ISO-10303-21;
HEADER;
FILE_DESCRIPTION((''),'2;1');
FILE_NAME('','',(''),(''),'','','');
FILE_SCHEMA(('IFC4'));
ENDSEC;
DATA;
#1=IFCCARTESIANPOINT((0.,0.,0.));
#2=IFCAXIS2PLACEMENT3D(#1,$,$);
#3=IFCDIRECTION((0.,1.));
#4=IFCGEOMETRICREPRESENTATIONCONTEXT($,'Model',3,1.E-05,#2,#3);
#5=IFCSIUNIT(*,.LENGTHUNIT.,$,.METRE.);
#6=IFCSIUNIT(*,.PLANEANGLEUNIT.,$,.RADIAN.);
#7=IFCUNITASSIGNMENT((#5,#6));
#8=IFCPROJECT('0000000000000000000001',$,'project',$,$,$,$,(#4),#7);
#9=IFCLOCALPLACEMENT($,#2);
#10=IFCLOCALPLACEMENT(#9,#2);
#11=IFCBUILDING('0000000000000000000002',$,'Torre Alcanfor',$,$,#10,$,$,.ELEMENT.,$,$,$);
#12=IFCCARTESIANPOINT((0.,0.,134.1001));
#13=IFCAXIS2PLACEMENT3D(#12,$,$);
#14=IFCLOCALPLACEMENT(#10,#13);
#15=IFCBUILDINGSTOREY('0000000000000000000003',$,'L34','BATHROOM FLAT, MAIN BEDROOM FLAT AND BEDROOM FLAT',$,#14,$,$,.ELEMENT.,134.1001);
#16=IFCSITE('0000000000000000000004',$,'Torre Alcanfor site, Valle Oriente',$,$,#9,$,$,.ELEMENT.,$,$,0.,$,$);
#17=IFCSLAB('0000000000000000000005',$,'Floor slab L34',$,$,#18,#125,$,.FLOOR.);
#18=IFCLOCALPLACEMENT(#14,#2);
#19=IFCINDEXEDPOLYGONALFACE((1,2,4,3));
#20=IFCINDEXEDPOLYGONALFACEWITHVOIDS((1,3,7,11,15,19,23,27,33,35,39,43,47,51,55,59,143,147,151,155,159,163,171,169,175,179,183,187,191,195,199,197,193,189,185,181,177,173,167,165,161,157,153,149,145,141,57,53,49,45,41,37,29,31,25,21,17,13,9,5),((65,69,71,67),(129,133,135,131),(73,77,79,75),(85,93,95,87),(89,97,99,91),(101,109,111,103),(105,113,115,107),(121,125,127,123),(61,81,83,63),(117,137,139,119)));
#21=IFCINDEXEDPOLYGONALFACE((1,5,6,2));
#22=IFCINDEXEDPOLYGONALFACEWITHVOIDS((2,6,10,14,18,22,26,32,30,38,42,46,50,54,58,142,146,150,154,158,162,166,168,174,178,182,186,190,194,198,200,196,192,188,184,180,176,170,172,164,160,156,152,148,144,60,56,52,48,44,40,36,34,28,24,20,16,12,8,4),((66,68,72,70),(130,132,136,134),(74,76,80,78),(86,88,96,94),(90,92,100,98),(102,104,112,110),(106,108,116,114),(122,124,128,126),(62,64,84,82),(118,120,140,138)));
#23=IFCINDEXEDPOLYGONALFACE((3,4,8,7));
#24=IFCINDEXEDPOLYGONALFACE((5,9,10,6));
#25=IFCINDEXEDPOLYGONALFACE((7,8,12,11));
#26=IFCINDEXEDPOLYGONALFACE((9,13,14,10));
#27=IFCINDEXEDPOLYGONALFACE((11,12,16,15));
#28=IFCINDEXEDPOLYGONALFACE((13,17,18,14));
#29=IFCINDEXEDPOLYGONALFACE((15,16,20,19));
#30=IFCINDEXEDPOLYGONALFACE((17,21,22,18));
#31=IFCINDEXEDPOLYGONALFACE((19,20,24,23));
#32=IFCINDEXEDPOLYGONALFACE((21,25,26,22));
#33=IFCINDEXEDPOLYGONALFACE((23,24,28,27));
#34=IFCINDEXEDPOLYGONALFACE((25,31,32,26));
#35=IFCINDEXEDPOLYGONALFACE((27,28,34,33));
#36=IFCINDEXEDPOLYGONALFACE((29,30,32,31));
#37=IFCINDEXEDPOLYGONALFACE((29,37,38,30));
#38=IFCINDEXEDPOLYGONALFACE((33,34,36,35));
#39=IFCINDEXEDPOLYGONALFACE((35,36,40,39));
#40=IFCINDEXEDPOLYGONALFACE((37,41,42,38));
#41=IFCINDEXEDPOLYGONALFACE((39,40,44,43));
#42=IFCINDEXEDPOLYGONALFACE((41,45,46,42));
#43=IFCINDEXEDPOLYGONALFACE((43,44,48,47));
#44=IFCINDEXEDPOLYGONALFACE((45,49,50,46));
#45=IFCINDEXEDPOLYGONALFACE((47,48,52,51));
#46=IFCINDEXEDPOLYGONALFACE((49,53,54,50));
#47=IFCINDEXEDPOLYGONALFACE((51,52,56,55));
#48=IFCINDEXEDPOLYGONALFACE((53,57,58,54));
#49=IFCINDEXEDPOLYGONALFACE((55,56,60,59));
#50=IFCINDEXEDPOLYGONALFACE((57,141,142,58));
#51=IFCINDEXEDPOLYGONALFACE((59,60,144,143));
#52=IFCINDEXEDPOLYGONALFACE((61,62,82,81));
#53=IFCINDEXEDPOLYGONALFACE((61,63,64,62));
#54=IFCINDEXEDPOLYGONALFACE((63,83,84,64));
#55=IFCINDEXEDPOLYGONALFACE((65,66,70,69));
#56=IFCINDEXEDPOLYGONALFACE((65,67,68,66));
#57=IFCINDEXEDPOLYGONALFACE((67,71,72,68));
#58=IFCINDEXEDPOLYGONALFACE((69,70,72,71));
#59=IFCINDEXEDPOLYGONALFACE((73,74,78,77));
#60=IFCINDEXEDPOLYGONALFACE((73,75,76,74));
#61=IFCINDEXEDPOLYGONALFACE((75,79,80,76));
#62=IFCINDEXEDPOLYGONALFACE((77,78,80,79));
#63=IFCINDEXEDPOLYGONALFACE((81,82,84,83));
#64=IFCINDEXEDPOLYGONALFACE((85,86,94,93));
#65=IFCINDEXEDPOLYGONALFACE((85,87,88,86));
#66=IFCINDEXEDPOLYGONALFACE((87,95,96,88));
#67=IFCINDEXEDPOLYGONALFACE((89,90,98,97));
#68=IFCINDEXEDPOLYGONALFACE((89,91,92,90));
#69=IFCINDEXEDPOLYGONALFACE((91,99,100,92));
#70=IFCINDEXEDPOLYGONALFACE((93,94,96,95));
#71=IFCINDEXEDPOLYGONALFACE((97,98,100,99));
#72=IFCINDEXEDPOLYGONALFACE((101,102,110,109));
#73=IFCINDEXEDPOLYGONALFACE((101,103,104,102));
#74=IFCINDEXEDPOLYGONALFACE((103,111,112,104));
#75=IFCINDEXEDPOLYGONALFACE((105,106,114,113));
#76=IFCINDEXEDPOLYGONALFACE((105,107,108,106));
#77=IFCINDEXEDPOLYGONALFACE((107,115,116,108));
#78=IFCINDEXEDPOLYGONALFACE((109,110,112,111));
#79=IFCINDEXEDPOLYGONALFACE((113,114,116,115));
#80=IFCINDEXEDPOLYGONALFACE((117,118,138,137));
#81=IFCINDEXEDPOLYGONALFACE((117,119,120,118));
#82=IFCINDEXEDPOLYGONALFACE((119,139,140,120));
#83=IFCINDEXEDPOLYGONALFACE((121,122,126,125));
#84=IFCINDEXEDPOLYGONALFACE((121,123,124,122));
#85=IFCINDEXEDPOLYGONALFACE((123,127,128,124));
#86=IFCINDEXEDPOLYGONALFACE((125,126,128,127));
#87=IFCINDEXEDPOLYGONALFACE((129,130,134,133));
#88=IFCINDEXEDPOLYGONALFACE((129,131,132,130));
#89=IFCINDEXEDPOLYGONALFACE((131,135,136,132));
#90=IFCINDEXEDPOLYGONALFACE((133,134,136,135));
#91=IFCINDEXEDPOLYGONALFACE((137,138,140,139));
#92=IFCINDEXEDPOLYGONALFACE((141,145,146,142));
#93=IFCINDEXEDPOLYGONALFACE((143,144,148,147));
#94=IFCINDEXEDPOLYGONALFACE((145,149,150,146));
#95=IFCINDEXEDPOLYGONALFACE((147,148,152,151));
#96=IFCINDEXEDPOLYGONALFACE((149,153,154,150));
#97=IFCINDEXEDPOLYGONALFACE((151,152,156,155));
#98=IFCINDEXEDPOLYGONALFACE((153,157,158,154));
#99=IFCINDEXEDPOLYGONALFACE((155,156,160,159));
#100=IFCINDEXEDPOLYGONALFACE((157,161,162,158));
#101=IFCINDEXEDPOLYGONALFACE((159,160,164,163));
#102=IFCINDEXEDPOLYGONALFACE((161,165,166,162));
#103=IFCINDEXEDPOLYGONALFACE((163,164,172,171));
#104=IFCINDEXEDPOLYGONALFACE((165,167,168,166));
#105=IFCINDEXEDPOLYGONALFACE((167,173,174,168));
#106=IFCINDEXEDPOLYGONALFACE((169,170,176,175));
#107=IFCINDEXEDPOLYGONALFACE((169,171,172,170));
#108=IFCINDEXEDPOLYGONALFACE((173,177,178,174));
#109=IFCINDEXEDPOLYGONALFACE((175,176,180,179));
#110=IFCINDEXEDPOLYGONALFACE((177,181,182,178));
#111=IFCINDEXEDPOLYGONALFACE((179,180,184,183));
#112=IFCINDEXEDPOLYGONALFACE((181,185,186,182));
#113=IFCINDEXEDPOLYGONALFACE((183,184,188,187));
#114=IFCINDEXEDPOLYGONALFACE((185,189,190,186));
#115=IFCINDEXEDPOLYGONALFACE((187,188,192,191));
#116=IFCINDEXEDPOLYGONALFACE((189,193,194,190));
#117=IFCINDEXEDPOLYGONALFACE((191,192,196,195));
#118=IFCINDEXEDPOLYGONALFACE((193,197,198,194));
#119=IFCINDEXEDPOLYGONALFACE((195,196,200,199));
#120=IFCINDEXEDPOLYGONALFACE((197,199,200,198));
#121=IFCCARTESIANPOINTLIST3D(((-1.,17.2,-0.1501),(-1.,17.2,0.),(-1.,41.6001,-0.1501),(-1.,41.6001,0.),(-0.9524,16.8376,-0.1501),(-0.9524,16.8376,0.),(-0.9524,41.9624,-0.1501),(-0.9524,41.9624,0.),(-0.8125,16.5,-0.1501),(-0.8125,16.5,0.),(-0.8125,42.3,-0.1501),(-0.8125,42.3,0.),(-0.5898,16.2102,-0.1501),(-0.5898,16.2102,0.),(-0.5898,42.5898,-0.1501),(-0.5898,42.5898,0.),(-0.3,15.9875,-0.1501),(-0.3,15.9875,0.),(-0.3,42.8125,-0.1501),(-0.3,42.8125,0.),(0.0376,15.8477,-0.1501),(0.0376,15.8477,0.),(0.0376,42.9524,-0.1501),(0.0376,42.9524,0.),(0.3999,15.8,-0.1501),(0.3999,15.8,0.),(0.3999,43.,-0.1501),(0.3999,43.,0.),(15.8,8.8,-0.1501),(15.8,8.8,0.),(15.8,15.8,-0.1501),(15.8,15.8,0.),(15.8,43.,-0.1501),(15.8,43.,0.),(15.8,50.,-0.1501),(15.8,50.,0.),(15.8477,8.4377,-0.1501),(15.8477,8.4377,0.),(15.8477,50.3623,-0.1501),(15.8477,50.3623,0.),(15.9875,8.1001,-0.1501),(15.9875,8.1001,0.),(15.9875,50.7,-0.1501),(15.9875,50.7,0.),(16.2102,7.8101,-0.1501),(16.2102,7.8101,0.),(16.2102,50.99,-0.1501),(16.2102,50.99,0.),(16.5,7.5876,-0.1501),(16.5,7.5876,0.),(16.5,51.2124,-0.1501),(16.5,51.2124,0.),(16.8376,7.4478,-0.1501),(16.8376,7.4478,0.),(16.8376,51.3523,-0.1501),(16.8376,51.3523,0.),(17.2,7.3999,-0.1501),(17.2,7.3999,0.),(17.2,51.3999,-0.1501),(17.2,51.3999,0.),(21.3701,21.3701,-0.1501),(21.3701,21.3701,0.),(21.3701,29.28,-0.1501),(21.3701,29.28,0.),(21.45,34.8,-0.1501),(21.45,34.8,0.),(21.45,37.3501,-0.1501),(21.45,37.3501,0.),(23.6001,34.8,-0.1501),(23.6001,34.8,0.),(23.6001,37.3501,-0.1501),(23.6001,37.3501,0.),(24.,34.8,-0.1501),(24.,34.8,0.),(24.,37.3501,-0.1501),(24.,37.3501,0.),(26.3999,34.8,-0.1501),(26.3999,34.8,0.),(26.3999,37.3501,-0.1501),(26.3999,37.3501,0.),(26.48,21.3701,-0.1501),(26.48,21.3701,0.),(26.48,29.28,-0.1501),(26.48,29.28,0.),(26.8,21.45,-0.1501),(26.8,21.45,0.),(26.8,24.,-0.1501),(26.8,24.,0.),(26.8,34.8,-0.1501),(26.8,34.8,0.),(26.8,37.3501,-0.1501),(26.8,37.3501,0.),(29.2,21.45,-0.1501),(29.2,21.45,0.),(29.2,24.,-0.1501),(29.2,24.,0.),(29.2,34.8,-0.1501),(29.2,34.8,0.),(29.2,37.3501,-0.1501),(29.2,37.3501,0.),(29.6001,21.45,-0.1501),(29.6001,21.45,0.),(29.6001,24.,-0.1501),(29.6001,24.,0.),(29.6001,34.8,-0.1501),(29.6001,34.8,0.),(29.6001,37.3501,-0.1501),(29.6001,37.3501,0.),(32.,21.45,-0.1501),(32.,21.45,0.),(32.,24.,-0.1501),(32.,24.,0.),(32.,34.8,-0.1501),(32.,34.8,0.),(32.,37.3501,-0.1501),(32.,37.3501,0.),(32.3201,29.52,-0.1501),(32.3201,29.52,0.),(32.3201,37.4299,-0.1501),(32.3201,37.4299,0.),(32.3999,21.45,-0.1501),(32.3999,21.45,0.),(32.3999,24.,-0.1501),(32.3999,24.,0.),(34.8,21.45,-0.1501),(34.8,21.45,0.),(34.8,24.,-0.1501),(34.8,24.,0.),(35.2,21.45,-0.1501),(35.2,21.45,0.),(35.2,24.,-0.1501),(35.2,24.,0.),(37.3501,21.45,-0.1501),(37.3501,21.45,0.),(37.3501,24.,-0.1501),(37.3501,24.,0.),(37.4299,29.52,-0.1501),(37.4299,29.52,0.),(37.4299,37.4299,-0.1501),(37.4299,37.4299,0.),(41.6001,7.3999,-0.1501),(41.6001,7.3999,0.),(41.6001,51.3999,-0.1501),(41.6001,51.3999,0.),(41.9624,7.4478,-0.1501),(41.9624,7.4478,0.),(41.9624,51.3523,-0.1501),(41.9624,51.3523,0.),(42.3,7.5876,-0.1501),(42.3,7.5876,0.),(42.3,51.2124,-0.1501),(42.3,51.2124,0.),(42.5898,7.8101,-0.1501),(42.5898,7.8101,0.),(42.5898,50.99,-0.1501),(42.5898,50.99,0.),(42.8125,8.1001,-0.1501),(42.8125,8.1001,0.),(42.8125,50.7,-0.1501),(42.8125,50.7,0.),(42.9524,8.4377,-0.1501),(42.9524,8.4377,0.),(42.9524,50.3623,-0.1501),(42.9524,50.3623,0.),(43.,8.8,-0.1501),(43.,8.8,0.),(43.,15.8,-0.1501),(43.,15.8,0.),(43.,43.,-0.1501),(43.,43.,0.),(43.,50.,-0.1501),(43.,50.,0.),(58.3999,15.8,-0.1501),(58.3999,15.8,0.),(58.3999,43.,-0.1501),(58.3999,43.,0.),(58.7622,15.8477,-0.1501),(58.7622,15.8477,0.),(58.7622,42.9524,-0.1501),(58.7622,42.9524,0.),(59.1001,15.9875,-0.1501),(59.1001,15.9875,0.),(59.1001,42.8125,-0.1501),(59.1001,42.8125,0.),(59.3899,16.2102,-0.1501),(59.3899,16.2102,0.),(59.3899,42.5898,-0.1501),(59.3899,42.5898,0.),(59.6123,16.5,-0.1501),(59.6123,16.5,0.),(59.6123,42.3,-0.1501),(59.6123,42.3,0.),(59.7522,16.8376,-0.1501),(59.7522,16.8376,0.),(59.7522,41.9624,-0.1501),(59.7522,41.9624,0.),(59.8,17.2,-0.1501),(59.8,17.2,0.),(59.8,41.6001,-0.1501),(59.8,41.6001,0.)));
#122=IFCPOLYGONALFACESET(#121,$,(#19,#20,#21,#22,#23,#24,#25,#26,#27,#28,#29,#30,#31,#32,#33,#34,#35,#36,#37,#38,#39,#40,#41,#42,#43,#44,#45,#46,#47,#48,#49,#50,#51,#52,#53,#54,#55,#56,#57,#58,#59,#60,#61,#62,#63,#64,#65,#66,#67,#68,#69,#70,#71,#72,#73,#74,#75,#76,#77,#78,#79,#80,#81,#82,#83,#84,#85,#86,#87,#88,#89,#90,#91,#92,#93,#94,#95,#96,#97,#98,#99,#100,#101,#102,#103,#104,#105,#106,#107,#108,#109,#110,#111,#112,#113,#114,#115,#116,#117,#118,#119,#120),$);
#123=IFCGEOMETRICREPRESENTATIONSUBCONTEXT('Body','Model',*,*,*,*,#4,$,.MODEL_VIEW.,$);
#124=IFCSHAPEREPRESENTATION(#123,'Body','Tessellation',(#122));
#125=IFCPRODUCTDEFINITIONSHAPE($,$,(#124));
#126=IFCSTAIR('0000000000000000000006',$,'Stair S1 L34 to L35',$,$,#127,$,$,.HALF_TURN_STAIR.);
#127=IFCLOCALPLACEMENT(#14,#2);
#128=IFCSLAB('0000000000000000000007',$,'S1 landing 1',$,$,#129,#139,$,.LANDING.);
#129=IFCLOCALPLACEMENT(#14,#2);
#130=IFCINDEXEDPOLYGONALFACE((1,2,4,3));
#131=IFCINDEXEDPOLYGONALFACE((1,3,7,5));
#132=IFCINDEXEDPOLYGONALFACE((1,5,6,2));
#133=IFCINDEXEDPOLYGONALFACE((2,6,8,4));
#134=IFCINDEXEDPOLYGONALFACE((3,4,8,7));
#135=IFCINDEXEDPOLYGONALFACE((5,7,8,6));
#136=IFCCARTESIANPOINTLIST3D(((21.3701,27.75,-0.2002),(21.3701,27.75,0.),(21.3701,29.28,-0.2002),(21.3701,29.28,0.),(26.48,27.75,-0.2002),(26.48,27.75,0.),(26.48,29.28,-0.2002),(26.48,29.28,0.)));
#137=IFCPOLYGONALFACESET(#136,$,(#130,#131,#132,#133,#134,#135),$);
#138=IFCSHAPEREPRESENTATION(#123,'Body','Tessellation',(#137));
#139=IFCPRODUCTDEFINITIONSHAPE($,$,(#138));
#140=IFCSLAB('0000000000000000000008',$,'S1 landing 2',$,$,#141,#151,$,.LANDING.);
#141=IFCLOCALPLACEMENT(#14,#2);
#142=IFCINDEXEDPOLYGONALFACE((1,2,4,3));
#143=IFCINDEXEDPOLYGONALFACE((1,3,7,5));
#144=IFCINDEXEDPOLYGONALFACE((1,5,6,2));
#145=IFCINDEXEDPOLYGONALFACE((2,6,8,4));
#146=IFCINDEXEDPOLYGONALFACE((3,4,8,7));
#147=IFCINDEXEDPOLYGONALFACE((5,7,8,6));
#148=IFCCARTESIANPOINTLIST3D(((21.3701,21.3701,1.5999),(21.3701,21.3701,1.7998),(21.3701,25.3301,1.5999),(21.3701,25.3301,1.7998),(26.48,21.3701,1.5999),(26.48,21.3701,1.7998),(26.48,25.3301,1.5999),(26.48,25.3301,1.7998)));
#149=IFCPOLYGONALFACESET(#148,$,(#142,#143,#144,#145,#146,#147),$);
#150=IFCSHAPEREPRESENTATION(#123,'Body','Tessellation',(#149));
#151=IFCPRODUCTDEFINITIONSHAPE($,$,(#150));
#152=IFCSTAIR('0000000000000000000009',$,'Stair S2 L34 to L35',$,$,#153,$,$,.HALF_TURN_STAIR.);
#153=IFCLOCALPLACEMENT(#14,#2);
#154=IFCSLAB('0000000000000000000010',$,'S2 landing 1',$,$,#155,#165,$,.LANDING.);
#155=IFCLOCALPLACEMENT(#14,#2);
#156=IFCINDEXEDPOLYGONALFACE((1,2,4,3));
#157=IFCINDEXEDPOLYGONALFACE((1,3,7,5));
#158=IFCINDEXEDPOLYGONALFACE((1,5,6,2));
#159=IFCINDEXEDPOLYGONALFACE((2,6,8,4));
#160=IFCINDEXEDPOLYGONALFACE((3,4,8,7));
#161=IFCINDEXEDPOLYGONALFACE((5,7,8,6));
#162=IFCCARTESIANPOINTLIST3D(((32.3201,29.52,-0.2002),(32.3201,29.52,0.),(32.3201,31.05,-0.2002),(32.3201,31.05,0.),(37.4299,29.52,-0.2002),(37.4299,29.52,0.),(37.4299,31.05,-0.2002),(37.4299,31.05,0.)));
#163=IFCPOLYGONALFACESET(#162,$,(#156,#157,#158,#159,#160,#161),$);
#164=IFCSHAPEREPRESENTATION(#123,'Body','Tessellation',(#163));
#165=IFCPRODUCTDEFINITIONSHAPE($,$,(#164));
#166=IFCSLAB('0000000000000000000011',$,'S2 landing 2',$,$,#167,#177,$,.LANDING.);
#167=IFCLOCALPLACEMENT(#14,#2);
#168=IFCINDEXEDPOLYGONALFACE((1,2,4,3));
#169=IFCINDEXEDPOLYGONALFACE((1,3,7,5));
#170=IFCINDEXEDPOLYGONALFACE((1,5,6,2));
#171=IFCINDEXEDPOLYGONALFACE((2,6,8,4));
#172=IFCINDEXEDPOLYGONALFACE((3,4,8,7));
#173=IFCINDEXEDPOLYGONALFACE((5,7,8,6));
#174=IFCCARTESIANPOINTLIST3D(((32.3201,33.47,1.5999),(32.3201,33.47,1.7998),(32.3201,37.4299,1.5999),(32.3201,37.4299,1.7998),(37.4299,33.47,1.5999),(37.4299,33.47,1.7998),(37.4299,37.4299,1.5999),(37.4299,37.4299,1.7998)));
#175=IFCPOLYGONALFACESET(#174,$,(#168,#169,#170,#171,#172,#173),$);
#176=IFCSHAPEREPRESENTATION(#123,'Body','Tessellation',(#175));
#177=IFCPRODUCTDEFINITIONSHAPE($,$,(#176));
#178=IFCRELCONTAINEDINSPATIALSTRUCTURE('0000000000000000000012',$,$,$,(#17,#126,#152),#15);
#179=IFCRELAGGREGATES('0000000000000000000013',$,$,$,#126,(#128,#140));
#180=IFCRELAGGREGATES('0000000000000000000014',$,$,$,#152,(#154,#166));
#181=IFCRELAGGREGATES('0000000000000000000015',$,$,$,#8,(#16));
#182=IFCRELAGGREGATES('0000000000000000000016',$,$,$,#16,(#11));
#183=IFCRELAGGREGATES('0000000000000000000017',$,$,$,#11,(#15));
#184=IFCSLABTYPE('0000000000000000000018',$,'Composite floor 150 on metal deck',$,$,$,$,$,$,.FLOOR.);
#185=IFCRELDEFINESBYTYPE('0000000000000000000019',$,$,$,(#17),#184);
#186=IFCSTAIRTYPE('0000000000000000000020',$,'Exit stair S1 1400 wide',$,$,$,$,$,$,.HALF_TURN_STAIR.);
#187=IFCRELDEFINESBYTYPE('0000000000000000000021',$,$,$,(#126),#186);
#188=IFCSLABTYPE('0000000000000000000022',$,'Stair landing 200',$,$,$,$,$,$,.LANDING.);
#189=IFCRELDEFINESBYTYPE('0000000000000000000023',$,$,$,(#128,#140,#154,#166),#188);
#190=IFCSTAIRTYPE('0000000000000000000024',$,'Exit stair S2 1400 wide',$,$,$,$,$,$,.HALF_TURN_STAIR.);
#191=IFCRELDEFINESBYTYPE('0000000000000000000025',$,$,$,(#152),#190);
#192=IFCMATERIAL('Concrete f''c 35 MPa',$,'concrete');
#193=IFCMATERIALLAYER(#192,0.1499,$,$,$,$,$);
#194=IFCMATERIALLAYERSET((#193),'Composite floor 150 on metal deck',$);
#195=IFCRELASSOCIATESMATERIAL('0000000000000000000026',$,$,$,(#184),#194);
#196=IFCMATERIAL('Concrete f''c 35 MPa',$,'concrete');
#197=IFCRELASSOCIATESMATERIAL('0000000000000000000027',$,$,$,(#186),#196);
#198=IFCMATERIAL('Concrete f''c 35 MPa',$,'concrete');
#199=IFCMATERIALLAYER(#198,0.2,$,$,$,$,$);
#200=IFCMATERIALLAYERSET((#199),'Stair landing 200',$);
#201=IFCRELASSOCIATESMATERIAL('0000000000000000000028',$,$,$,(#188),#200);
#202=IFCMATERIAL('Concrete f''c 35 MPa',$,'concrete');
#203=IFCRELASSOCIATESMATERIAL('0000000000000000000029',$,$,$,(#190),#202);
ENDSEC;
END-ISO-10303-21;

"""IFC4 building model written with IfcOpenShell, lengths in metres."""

from ifc_helpers import new_model, si_unit, direction, frame, origin, place, context, subcontext, project, spatial, polyline, outline, extrude, material, layer, layer_set, type_object, element, aggregate, save


model = new_model("IFC4")

# Units and contexts
model_context = context("Model", 3, precision=1e-05, world=origin(), true_north=direction((0.0, 1.0)))
body_context = subcontext(model_context, "Body", "Model", "MODEL_VIEW")
ifc_project = project(units=[si_unit("LENGTHUNIT", "METRE"), si_unit("PLANEANGLEUNIT", "RADIAN")], contexts=[model_context])

# Site, building, storey
site_placement = place(None, origin())
site = spatial("IfcSite", under=ifc_project, at=site_placement, Name="Torre Alcanfor site, Valle Oriente", CompositionType="ELEMENT", RefElevation=0.0)
building_placement = place(site_placement, origin())
building = spatial("IfcBuilding", under=site, at=building_placement, Name="Torre Alcanfor", CompositionType="ELEMENT")
storey_placement = place(building_placement, frame((0.0, 0.0, 134.1001)))
storey = spatial("IfcBuildingStorey", under=building, at=storey_placement, Name="L34", Description="BATHROOM FLAT, MAIN BEDROOM FLAT AND BEDROOM FLAT", CompositionType="ELEMENT", Elevation=134.1001)

# Slab
ifc_material_1 = material(Name="Concrete f'c 35 MPa", Category="concrete")
ifc_layer_1 = layer(ifc_material_1, 0.1499)
ifc_layer_set_1 = layer_set([ifc_layer_1], Name="Composite floor 150 on metal deck")
slab_type_1 = type_object("IfcSlabType", Name="Composite floor 150 on metal deck", PredefinedType="FLOOR", material=ifc_layer_set_1)
slab_1_placement = place(storey_placement, frame((0.0, 0.0, -0.1501)))
element("IfcSlab", 1, at=slab_1_placement, inside=storey, type_object=slab_type_1, Name="Floor slab L34", PredefinedType="FLOOR", context=body_context, shape_type="SweptSolid", body=[
    extrude(outline(polyline([(15.8, 43.0), (0.3999, 43.0), (0.0376, 42.9524), (-0.3, 42.8125), (-0.5898, 42.5898), (-0.8125, 42.3), (-0.9524, 41.9624), (-1.0, 41.6001), (-1.0, 17.2), (-0.9524, 16.8376), (-0.8125, 16.5), (-0.5898, 16.2102), (-0.3, 15.9875), (0.0376, 15.8477), (0.3999, 15.8), (15.8, 15.8), (15.8, 8.8), (15.8477, 8.4377), (15.9875, 8.1001), (16.2102, 7.8101), (16.5, 7.5876), (16.8376, 7.4478), (17.2, 7.3999), (41.6001, 7.3999), (41.9624, 7.4478), (42.3, 7.5876), (42.5898, 7.8101), (42.8125, 8.1001), (42.9524, 8.4377), (43.0, 8.8), (43.0, 15.8), (58.3999, 15.8), (58.7622, 15.8477), (59.1001, 15.9875), (59.3899, 16.2102), (59.6123, 16.5), (59.7522, 16.8376), (59.8, 17.2), (59.8, 41.6001), (59.7522, 41.9624), (59.6123, 42.3), (59.3899, 42.5898), (59.1001, 42.8125), (58.7622, 42.9524), (58.3999, 43.0), (43.0, 43.0), (43.0, 50.0), (42.9524, 50.3623), (42.8125, 50.7), (42.5898, 50.99), (42.3, 51.2124), (41.9624, 51.3523), (41.6001, 51.3999), (17.2, 51.3999), (16.8376, 51.3523), (16.5, 51.2124), (16.2102, 50.99), (15.9875, 50.7), (15.8477, 50.3623), (15.8, 50.0), (15.8, 43.0)]), holes=[polyline([(21.3701, 21.3701), (26.48, 21.3701), (26.48, 29.28), (21.3701, 29.28), (21.3701, 21.3701)]), polyline([(32.3201, 29.52), (37.4299, 29.52), (37.4299, 37.4299), (32.3201, 37.4299), (32.3201, 29.52)]), polyline([(26.8, 21.45), (29.2, 21.45), (29.2, 24.0), (26.8, 24.0), (26.8, 21.45)]), polyline([(29.6001, 21.45), (32.0, 21.45), (32.0, 24.0), (29.6001, 24.0), (29.6001, 21.45)]), polyline([(32.3999, 21.45), (34.8, 21.45), (34.8, 24.0), (32.3999, 24.0), (32.3999, 21.45)]), polyline([(35.2, 21.45), (37.3501, 21.45), (37.3501, 24.0), (35.2, 24.0), (35.2, 21.45)]), polyline([(21.45, 34.8), (23.6001, 34.8), (23.6001, 37.3501), (21.45, 37.3501), (21.45, 34.8)]), polyline([(24.0, 34.8), (26.3999, 34.8), (26.3999, 37.3501), (24.0, 37.3501), (24.0, 34.8)]), polyline([(26.8, 34.8), (29.2, 34.8), (29.2, 37.3501), (26.8, 37.3501), (26.8, 34.8)]), polyline([(29.6001, 34.8), (32.0, 34.8), (32.0, 37.3501), (29.6001, 37.3501), (29.6001, 34.8)])]), origin(), (0.0, 0.0, 1.0), 0.1501),
])

# Stairs, slabs
ifc_material_2 = material(Name="Concrete f'c 35 MPa", Category="concrete")
stair_type_1 = type_object("IfcStairType", Name="Exit stair S1 1400 wide", PredefinedType="HALF_TURN_STAIR", material=ifc_material_2)
stair_1_placement = place(storey_placement, origin())
stair_1 = element("IfcStair", 2, at=stair_1_placement, inside=storey, type_object=stair_type_1, Name="Stair S1 L34 to L35", PredefinedType="HALF_TURN_STAIR")
ifc_material_3 = material(Name="Concrete f'c 35 MPa", Category="concrete")
ifc_layer_2 = layer(ifc_material_3, 0.2)
ifc_layer_set_2 = layer_set([ifc_layer_2], Name="Stair landing 200")
slab_type_2 = type_object("IfcSlabType", Name="Stair landing 200", PredefinedType="LANDING", material=ifc_layer_set_2)
slab_2_placement = place(storey_placement, frame((0.0, 0.0, -0.2002)))
slab_2 = element("IfcSlab", 3, at=slab_2_placement, type_object=slab_type_2, Name="S1 landing 1", PredefinedType="LANDING", context=body_context, shape_type="SweptSolid", body=[
    extrude(outline(polyline([(21.3701, 27.75), (26.48, 27.75), (26.48, 29.28), (21.3701, 29.28), (21.3701, 27.75)])), origin(), (0.0, 0.0, 1.0), 0.2002),
])
slab_3_placement = place(storey_placement, frame((0.0, 0.0, 1.5999)))
slab_3 = element("IfcSlab", 4, at=slab_3_placement, type_object=slab_type_2, Name="S1 landing 2", PredefinedType="LANDING", context=body_context, shape_type="SweptSolid", body=[
    extrude(outline(polyline([(21.3701, 21.3701), (26.48, 21.3701), (26.48, 25.3301), (21.3701, 25.3301), (21.3701, 21.3701)])), origin(), (0.0, 0.0, 1.0), 0.2),
])
aggregate(stair_1, [slab_2, slab_3])
ifc_material_4 = material(Name="Concrete f'c 35 MPa", Category="concrete")
stair_type_2 = type_object("IfcStairType", Name="Exit stair S2 1400 wide", PredefinedType="HALF_TURN_STAIR", material=ifc_material_4)
stair_2_placement = place(storey_placement, origin())
stair_2 = element("IfcStair", 5, at=stair_2_placement, inside=storey, type_object=stair_type_2, Name="Stair S2 L34 to L35", PredefinedType="HALF_TURN_STAIR")
slab_4_placement = place(storey_placement, frame((0.0, 0.0, -0.2002)))
slab_4 = element("IfcSlab", 6, at=slab_4_placement, type_object=slab_type_2, Name="S2 landing 1", PredefinedType="LANDING", context=body_context, shape_type="SweptSolid", body=[
    extrude(outline(polyline([(32.3201, 29.52), (37.4299, 29.52), (37.4299, 31.05), (32.3201, 31.05), (32.3201, 29.52)])), origin(), (0.0, 0.0, 1.0), 0.2002),
])
slab_5_placement = place(storey_placement, frame((0.0, 0.0, 1.5999)))
slab_5 = element("IfcSlab", 7, at=slab_5_placement, type_object=slab_type_2, Name="S2 landing 2", PredefinedType="LANDING", context=body_context, shape_type="SweptSolid", body=[
    extrude(outline(polyline([(32.3201, 33.47), (37.4299, 33.47), (37.4299, 37.4299), (32.3201, 37.4299), (32.3201, 33.47)])), origin(), (0.0, 0.0, 1.0), 0.2),
])
aggregate(stair_2, [slab_4, slab_5])

save(model, "model.ifc")
